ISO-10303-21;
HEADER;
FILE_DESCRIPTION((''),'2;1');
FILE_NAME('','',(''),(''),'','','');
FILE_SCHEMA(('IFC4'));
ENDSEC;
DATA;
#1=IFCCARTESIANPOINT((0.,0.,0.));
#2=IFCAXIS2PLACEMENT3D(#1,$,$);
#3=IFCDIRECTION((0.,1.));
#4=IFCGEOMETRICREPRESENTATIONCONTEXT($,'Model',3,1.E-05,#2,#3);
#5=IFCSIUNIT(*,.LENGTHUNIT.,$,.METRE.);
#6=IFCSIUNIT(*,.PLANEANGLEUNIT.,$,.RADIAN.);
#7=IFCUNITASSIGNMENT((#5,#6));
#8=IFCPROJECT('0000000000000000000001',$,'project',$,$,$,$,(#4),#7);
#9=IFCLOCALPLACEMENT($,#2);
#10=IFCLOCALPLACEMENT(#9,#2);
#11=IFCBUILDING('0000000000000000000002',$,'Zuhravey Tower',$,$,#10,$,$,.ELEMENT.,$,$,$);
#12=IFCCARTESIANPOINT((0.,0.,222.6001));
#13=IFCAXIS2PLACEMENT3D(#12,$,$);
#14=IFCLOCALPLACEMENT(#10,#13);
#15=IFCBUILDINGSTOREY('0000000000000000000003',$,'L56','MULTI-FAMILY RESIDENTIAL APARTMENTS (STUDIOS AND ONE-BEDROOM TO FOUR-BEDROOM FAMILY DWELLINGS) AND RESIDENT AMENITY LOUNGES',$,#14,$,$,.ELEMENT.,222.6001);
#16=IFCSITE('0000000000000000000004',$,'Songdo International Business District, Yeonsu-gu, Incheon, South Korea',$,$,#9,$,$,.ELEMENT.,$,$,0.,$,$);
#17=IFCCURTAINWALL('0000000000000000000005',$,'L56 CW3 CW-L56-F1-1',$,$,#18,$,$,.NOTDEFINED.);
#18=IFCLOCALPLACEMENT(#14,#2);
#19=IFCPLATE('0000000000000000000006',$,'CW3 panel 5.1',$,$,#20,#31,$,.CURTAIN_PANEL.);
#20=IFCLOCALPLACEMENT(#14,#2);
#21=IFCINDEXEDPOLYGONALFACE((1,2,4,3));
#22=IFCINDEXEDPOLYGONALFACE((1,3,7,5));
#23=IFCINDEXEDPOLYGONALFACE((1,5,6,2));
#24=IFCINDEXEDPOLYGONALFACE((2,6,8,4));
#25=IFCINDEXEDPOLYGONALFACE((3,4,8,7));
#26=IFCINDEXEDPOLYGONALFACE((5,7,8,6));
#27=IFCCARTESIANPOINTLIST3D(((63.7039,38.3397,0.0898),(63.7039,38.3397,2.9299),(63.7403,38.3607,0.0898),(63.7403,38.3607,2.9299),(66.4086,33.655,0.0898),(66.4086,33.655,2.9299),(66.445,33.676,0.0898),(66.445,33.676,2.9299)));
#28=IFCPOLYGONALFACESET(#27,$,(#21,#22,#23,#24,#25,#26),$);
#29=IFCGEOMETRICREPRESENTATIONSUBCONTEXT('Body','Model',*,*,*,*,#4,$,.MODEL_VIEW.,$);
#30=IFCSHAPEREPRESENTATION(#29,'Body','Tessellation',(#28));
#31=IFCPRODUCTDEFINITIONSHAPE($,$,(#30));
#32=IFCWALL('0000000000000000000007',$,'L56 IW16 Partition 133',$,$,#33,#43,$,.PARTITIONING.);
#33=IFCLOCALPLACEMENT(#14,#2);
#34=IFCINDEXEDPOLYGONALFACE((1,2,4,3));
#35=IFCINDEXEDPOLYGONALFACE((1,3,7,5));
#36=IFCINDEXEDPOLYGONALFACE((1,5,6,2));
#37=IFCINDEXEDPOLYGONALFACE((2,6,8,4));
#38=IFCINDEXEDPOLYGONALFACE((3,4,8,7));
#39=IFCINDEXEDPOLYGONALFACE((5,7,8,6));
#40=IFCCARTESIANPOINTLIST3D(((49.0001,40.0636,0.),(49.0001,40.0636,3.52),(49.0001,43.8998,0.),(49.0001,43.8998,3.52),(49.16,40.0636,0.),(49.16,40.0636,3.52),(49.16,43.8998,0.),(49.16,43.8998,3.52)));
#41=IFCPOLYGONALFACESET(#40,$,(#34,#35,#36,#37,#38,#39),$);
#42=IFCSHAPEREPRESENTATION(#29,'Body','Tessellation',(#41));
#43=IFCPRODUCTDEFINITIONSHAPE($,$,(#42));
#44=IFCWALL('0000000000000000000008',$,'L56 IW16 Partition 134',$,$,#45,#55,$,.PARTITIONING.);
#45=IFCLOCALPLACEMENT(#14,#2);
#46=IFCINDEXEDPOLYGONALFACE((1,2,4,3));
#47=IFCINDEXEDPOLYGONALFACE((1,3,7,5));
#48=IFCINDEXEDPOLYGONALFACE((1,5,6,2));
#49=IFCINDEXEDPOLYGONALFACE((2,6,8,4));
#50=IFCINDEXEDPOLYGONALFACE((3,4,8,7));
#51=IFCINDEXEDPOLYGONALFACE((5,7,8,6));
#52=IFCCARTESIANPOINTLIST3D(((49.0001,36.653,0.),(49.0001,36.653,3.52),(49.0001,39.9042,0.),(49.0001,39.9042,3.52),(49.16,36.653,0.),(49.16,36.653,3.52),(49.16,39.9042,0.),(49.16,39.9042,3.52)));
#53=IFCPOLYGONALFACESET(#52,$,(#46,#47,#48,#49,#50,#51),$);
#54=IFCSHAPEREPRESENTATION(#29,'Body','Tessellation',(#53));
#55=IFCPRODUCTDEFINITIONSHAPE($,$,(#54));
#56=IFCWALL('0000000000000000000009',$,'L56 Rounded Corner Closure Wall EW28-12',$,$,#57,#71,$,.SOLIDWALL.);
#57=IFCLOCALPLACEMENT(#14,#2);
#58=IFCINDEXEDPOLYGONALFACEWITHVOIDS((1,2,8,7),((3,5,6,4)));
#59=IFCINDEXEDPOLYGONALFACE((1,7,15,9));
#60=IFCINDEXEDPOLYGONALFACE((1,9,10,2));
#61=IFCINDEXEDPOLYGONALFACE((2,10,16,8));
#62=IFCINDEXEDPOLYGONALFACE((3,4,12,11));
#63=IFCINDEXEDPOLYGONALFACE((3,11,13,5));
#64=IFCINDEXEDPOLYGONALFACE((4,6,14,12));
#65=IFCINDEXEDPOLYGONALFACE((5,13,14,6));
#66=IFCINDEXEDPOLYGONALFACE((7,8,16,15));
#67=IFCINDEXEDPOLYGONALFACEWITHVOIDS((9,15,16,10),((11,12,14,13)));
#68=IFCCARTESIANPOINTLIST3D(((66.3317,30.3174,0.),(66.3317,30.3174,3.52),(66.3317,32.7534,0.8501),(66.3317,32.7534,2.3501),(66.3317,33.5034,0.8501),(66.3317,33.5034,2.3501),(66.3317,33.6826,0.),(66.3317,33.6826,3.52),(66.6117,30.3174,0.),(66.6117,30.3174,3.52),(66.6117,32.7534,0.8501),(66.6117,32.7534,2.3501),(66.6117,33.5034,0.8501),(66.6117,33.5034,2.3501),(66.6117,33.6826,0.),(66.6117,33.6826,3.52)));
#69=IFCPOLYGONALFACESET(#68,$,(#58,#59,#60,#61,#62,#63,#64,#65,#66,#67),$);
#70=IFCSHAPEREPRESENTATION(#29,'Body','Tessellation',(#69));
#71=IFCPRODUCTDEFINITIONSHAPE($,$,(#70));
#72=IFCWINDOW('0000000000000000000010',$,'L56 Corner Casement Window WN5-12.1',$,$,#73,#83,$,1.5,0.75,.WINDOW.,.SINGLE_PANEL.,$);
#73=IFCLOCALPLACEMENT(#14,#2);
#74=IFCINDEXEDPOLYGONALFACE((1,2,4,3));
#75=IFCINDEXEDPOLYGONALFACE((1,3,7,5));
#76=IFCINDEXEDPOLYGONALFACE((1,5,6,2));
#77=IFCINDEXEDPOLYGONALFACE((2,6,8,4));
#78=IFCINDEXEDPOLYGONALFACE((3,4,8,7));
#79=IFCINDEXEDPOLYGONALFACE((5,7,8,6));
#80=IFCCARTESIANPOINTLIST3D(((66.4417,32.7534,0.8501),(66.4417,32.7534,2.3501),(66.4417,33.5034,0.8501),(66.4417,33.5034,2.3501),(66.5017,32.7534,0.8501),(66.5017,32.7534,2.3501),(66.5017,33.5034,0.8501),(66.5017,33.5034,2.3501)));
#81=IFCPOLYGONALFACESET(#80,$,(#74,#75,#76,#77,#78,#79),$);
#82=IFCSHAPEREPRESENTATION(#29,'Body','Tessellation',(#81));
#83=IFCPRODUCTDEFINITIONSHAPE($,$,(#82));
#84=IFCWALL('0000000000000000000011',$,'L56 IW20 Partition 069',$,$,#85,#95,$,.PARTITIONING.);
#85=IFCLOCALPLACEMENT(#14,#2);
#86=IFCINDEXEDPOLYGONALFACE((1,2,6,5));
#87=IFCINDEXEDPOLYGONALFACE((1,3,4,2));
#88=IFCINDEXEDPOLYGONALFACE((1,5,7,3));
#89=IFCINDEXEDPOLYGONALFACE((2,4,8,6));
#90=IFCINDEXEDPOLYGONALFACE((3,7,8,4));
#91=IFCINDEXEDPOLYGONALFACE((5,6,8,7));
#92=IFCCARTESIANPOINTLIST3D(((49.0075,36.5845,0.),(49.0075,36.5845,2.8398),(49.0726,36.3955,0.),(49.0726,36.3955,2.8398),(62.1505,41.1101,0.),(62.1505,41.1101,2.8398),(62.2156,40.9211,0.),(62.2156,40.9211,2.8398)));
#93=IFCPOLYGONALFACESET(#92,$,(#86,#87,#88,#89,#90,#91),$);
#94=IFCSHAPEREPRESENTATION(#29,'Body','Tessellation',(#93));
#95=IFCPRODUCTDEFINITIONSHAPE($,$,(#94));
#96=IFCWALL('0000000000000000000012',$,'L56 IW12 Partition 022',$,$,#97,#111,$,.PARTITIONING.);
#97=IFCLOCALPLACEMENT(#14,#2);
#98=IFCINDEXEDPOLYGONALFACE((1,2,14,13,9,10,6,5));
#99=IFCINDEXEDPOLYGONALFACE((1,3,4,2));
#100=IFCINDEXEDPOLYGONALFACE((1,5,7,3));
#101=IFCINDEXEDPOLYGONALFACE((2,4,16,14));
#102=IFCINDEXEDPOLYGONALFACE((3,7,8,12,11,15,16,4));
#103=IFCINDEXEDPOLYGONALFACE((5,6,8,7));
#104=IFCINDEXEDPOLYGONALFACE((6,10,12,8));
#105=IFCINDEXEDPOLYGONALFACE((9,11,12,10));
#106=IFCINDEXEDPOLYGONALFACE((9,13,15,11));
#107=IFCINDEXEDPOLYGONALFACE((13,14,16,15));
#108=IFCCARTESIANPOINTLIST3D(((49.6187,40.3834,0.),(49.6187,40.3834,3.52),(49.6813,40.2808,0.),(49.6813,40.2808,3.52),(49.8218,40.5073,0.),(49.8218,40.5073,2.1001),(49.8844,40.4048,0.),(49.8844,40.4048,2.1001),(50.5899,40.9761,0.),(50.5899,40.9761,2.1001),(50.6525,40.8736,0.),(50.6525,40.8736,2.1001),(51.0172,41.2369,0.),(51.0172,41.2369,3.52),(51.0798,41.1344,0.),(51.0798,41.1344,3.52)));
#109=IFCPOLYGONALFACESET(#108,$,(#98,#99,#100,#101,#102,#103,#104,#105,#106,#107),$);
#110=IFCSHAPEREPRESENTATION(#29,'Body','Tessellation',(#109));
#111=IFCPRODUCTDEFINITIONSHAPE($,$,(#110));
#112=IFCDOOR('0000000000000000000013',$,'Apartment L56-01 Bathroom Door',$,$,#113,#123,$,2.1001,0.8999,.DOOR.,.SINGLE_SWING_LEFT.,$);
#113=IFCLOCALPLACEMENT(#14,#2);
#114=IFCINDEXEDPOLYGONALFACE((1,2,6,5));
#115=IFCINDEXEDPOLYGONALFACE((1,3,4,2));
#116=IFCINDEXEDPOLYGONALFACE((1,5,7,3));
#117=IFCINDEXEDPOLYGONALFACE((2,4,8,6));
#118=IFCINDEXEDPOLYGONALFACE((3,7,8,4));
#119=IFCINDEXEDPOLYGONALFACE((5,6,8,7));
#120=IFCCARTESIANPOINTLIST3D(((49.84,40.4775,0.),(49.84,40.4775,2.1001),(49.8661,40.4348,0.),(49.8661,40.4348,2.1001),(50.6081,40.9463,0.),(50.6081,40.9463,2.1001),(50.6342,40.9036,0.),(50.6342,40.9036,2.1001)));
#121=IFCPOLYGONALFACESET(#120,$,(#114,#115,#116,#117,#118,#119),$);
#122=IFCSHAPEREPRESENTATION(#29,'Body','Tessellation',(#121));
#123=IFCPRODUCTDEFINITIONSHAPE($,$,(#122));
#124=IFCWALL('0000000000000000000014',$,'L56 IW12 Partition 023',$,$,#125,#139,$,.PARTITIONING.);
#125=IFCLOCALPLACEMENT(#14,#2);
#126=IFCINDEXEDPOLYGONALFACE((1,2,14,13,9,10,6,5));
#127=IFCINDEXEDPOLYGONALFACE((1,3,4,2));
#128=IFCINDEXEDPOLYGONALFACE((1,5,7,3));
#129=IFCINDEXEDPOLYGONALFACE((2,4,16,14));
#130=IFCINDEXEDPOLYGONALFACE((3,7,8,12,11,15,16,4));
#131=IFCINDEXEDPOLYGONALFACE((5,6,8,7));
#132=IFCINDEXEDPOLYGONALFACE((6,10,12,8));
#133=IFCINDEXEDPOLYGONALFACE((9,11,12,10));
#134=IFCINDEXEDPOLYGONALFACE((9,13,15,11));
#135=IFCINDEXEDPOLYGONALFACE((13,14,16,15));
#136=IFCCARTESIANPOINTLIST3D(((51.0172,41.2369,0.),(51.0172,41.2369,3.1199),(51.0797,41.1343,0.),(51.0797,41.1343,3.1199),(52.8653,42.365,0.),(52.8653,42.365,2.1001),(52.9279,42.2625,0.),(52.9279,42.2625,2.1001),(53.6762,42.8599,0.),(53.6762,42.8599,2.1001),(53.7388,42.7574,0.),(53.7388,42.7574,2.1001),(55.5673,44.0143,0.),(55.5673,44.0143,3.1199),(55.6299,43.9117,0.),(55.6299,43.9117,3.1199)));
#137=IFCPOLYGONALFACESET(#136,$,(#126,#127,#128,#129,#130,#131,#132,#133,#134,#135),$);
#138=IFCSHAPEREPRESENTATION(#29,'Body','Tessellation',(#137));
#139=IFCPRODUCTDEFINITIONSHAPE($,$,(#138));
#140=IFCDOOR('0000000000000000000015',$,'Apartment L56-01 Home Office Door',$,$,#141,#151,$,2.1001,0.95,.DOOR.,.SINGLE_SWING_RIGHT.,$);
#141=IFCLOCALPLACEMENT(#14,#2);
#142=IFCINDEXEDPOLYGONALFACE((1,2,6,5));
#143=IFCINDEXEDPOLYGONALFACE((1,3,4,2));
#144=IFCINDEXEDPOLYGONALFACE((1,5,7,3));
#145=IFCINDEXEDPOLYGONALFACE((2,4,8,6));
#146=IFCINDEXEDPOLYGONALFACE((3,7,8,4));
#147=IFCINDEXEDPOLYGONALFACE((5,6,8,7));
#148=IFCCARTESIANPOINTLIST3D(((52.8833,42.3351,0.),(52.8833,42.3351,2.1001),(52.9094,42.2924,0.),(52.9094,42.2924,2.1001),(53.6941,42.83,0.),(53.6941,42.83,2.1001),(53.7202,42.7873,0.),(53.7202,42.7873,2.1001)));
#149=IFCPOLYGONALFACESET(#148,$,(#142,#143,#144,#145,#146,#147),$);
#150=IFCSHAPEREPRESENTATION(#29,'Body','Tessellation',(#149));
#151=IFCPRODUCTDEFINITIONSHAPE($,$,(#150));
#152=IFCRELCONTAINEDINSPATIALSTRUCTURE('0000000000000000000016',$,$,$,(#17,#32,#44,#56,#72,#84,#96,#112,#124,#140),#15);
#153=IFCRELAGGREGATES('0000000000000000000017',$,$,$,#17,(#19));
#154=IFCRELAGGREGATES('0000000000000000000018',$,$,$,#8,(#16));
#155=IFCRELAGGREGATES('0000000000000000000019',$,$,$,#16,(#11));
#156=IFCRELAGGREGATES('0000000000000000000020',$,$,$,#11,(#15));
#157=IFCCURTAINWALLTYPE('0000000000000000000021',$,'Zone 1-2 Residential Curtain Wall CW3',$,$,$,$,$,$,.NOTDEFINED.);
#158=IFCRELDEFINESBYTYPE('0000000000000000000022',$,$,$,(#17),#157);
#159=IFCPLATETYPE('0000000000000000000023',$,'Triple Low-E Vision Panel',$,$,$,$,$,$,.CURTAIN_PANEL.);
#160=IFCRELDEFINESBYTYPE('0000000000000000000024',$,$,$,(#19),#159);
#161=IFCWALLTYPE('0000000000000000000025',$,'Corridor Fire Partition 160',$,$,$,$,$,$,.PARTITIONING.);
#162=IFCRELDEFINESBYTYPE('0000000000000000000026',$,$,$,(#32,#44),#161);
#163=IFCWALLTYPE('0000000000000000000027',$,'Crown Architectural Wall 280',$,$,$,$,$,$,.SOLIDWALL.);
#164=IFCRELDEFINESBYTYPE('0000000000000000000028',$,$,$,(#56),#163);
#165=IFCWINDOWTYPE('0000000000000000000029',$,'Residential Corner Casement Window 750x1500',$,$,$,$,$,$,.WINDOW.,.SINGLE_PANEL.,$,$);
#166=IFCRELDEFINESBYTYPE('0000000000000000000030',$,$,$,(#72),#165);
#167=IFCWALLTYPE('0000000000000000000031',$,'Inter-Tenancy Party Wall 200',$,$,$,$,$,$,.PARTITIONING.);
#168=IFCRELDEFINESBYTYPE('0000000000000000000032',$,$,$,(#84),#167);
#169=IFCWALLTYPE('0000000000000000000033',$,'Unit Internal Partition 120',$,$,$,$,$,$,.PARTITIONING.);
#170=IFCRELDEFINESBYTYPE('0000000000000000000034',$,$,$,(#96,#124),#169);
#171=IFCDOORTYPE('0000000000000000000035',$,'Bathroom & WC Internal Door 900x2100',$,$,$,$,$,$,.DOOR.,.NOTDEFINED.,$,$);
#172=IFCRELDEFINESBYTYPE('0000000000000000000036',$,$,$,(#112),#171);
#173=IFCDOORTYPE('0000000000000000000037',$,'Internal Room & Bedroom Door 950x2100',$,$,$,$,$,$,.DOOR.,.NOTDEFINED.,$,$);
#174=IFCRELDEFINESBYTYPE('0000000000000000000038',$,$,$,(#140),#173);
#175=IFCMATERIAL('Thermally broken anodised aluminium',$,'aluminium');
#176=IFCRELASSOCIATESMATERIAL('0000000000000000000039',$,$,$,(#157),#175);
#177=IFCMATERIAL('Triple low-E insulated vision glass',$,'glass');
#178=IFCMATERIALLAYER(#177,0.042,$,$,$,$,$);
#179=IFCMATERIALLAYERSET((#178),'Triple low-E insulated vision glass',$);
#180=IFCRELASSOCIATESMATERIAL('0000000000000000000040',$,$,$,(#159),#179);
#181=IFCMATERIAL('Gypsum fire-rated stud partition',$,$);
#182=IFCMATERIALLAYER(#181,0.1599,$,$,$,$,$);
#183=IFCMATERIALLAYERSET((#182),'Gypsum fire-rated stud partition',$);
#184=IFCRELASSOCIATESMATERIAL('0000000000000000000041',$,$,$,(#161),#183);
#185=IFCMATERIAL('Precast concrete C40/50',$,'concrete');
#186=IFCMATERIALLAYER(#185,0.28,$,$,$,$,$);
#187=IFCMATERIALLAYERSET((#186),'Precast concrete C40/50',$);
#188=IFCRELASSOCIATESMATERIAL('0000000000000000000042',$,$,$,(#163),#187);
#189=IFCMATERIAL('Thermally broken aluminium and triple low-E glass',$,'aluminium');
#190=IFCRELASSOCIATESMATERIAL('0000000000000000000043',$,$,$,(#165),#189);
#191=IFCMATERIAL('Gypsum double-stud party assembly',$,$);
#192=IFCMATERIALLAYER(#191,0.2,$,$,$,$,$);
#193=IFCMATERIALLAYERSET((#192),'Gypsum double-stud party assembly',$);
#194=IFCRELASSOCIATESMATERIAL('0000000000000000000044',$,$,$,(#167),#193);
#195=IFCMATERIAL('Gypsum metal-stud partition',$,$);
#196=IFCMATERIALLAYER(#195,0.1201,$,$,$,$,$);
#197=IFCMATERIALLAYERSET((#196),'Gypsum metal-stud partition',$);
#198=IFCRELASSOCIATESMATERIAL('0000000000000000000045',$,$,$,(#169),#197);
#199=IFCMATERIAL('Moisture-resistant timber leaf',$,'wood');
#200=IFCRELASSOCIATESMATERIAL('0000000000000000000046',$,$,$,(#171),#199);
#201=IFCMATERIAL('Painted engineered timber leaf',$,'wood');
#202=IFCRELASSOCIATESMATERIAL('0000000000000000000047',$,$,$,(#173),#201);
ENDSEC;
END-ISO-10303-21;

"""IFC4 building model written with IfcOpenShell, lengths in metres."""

from ifc_helpers import new_model, si_unit, direction, frame, frame_2d, origin, origin_2d, place, context, subcontext, project, spatial, rectangle, extrude, material, layer, layer_set, type_object, element, fill, aggregate, save


model = new_model("IFC4")

# Units and contexts
model_context = context("Model", 3, precision=1e-05, world=origin(), true_north=direction((0.0, 1.0)))
body_context = subcontext(model_context, "Body", "Model", "MODEL_VIEW")
ifc_project = project(units=[si_unit("LENGTHUNIT", "METRE"), si_unit("PLANEANGLEUNIT", "RADIAN")], contexts=[model_context])

# Site, building, storey
site_placement = place(None, origin())
site = spatial("IfcSite", under=ifc_project, at=site_placement, Name="Songdo International Business District, Yeonsu-gu, Incheon, South Korea", CompositionType="ELEMENT", RefElevation=0.0)
building_placement = place(site_placement, origin())
building = spatial("IfcBuilding", under=site, at=building_placement, Name="Zuhravey Tower", CompositionType="ELEMENT")
storey_placement = place(building_placement, frame((0.0, 0.0, 222.6001)))
storey = spatial("IfcBuildingStorey", under=building, at=storey_placement, Name="L56", Description="MULTI-FAMILY RESIDENTIAL APARTMENTS (STUDIOS AND ONE-BEDROOM TO FOUR-BEDROOM FAMILY DWELLINGS) AND RESIDENT AMENITY LOUNGES", CompositionType="ELEMENT", Elevation=222.6001)

# Curtain wall
ifc_material_1 = material(Name="Thermally broken anodised aluminium", Category="aluminium")
curtain_wall_type = type_object("IfcCurtainWallType", Name="Zone 1-2 Residential Curtain Wall CW3", PredefinedType="NOTDEFINED", material=ifc_material_1)
curtain_wall_placement = place(storey_placement, origin())
curtain_wall = element("IfcCurtainWall", 1, at=curtain_wall_placement, inside=storey, type_object=curtain_wall_type, Name="L56 CW3 CW-L56-F1-1", PredefinedType="NOTDEFINED")

# Plate
ifc_material_2 = material(Name="Triple low-E insulated vision glass", Category="glass")
ifc_layer_1 = layer(ifc_material_2, 0.042)
ifc_layer_set_1 = layer_set([ifc_layer_1], Name="Triple low-E insulated vision glass")
plate_type_1 = type_object("IfcPlateType", Name="Triple Low-E Vision Panel", PredefinedType="CURTAIN_PANEL", material=ifc_layer_set_1)
plate_1_placement = place(storey_placement, frame((65.0745, 36.0078, 0.0898), z_axis=(0.0, 0.0, 1.0), x_axis=(0.5, -0.866025, 0.0)))
plate_1 = element("IfcPlate", 2, at=plate_1_placement, type_object=plate_type_1, Name="CW3 panel 5.1", PredefinedType="CURTAIN_PANEL", context=body_context, shape_type="SweptSolid", body=[
    extrude(rectangle(XDim=5.4094, YDim=0.042, at=origin_2d()), origin(), (0.0, 0.0, 1.0), 2.8401),
])
aggregate(curtain_wall, [plate_1])

# Walls
ifc_material_3 = material(Name="Gypsum fire-rated stud partition")
ifc_layer_2 = layer(ifc_material_3, 0.1599)
ifc_layer_set_2 = layer_set([ifc_layer_2], Name="Gypsum fire-rated stud partition")
wall_type_1 = type_object("IfcWallType", Name="Corridor Fire Partition 160", PredefinedType="PARTITIONING", material=ifc_layer_set_2)
wall_1_placement = place(storey_placement, frame((49.0801, 40.0637, 0.0), z_axis=(0.0, 0.0, 1.0), x_axis=(0.0, 1.0, 0.0)))
element("IfcWall", 3, at=wall_1_placement, inside=storey, type_object=wall_type_1, Name="L56 IW16 Partition 133", PredefinedType="PARTITIONING", context=body_context, shape_type="SweptSolid", body=[
    extrude(rectangle(XDim=3.8362, YDim=0.1599, at=frame_2d((1.918, 0.0))), origin(), (0.0, 0.0, 1.0), 3.52),
])
wall_2_placement = place(storey_placement, frame((49.0801, 36.6531, 0.0), z_axis=(0.0, 0.0, 1.0), x_axis=(0.0, 1.0, 0.0)))
element("IfcWall", 4, at=wall_2_placement, inside=storey, type_object=wall_type_1, Name="L56 IW16 Partition 134", PredefinedType="PARTITIONING", context=body_context, shape_type="SweptSolid", body=[
    extrude(rectangle(XDim=3.2512, YDim=0.1599, at=frame_2d((1.6255, 0.0))), origin(), (0.0, 0.0, 1.0), 3.52),
])

# Wall, opening, window
ifc_material_4 = material(Name="Precast concrete C40/50", Category="concrete")
ifc_layer_3 = layer(ifc_material_4, 0.28)
ifc_layer_set_3 = layer_set([ifc_layer_3], Name="Precast concrete C40/50")
wall_type_2 = type_object("IfcWallType", Name="Crown Architectural Wall 280", PredefinedType="SOLIDWALL", material=ifc_layer_set_3)
wall_3_placement = place(storey_placement, frame((66.4717, 33.6826, 0.0), z_axis=(0.0, 0.0, 1.0), x_axis=(0.0, -1.0, 0.0)))
wall_3 = element("IfcWall", 5, at=wall_3_placement, inside=storey, type_object=wall_type_2, Name="L56 Rounded Corner Closure Wall EW28-12", PredefinedType="SOLIDWALL", context=body_context, shape_type="SweptSolid", body=[
    extrude(rectangle(XDim=3.3652, YDim=0.28, at=frame_2d((1.6826, 0.0))), origin(), (0.0, 0.0, 1.0), 3.52),
])
opening_1_placement = place(wall_3_placement, frame((0.1792, 0.0, 0.8501)))
opening_1 = element("IfcOpeningElement", 6, at=opening_1_placement, cuts=wall_3, PredefinedType="OPENING", context=body_context, shape_type="SweptSolid", body=[
    extrude(rectangle(XDim=0.75, YDim=1.5, at=frame_2d((0.375, 0.75))), frame((0.0, 0.1521, 0.0), z_axis=(0.0, -1.0, 0.0), x_axis=(1.0, 0.0, 0.0)), (0.0, 0.0, 1.0), 0.304),
])
ifc_material_5 = material(Name="Thermally broken aluminium and triple low-E glass", Category="aluminium")
window_type = type_object("IfcWindowType", Name="Residential Corner Casement Window 750x1500", PartitioningType="SINGLE_PANEL", PredefinedType="WINDOW", material=ifc_material_5)
window_placement = place(opening_1_placement, origin())
window = element("IfcWindow", 7, at=window_placement, inside=storey, type_object=window_type, Name="L56 Corner Casement Window WN5-12.1", OverallHeight=1.5, OverallWidth=0.75, PartitioningType="SINGLE_PANEL", PredefinedType="WINDOW", context=body_context, shape_type="SweptSolid", body=[
    extrude(rectangle(XDim=0.75, YDim=1.5, at=frame_2d((0.375, 0.75))), frame((0.0, 0.03, 0.0), z_axis=(0.0, -1.0, 0.0), x_axis=(1.0, 0.0, 0.0)), (0.0, 0.0, 1.0), 0.0601),
])
fill(opening_1, window)

# Wall
ifc_material_6 = material(Name="Gypsum double-stud party assembly")
ifc_layer_4 = layer(ifc_material_6, 0.2)
ifc_layer_set_4 = layer_set([ifc_layer_4], Name="Gypsum double-stud party assembly")
wall_type_3 = type_object("IfcWallType", Name="Inter-Tenancy Party Wall 200", PredefinedType="PARTITIONING", material=ifc_layer_set_4)
wall_4_placement = place(storey_placement, frame((49.04, 36.49, 0.0), z_axis=(0.0, 0.0, 1.0), x_axis=(0.945516, 0.325575, 0.0)))
element("IfcWall", 8, at=wall_4_placement, inside=storey, type_object=wall_type_3, Name="L56 IW20 Partition 069", PredefinedType="PARTITIONING", context=body_context, shape_type="SweptSolid", body=[
    extrude(rectangle(XDim=13.9004, YDim=0.2, at=frame_2d((6.9502, 0.0))), origin(), (0.0, 0.0, 1.0), 2.8398),
])

# Walls, openings, doors
ifc_material_7 = material(Name="Gypsum metal-stud partition")
ifc_layer_5 = layer(ifc_material_7, 0.1201)
ifc_layer_set_5 = layer_set([ifc_layer_5], Name="Gypsum metal-stud partition")
wall_type_4 = type_object("IfcWallType", Name="Unit Internal Partition 120", PredefinedType="PARTITIONING", material=ifc_layer_set_5)
wall_5_placement = place(storey_placement, frame((49.6499, 40.332, 0.0), z_axis=(0.0, 0.0, 1.0), x_axis=(0.853576, 0.520968, 0.0)))
wall_5 = element("IfcWall", 9, at=wall_5_placement, inside=storey, type_object=wall_type_4, Name="L56 IW12 Partition 022", PredefinedType="PARTITIONING", context=body_context, shape_type="SweptSolid", body=[
    extrude(rectangle(XDim=1.6384, YDim=0.1201, at=frame_2d((0.8193, 0.0))), origin(), (0.0, 0.0, 1.0), 3.52),
])
opening_2_placement = place(wall_5_placement, frame((0.238, 0.0, 0.0)))
opening_2 = element("IfcOpeningElement", 10, at=opening_2_placement, cuts=wall_5, PredefinedType="OPENING", context=body_context, shape_type="SweptSolid", body=[
    extrude(rectangle(XDim=0.8999, YDim=2.1001, at=frame_2d((0.45, 1.05))), frame((0.0, 0.072, 0.0), z_axis=(0.0, -1.0, 0.0), x_axis=(1.0, 0.0, 0.0)), (0.0, 0.0, 1.0), 0.144),
])
ifc_material_8 = material(Name="Moisture-resistant timber leaf", Category="wood")
door_type_1 = type_object("IfcDoorType", Name="Bathroom & WC Internal Door 900x2100", OperationType="NOTDEFINED", PredefinedType="DOOR", material=ifc_material_8)
door_1_placement = place(opening_2_placement, frame((0.8999, 0.0, 0.0), z_axis=(0.0, 0.0, 1.0), x_axis=(-1.0, 0.0, 0.0)))
door_1 = element("IfcDoor", 11, at=door_1_placement, inside=storey, type_object=door_type_1, Name="Apartment L56-01 Bathroom Door", OperationType="SINGLE_SWING_LEFT", OverallHeight=2.1001, OverallWidth=0.8999, PredefinedType="DOOR", context=body_context, shape_type="SweptSolid", body=[
    extrude(rectangle(XDim=0.8999, YDim=2.1001, at=frame_2d((0.45, 1.05))), frame((0.0, 0.0249, 0.0), z_axis=(0.0, -1.0, 0.0), x_axis=(1.0, 0.0, 0.0)), (0.0, 0.0, 1.0), 0.05),
])
fill(opening_2, door_1)
wall_6_placement = place(storey_placement, frame((51.0483, 41.1855, 0.0), z_axis=(0.0, 0.0, 1.0), x_axis=(0.853552, 0.521007, 0.0)))
wall_6 = element("IfcWall", 12, at=wall_6_placement, inside=storey, type_object=wall_type_4, Name="L56 IW12 Partition 023", PredefinedType="PARTITIONING", context=body_context, shape_type="SweptSolid", body=[
    extrude(rectangle(XDim=5.3308, YDim=0.1201, at=frame_2d((2.6655, 0.0))), origin(), (0.0, 0.0, 1.0), 3.1199),
])
opening_3_placement = place(wall_6_placement, frame((2.1653, 0.0, 0.0)))
opening_3 = element("IfcOpeningElement", 13, at=opening_3_placement, cuts=wall_6, PredefinedType="OPENING", context=body_context, shape_type="SweptSolid", body=[
    extrude(rectangle(XDim=0.95, YDim=2.1001, at=frame_2d((0.4751, 1.05))), frame((0.0, 0.072, 0.0), z_axis=(0.0, -1.0, 0.0), x_axis=(1.0, 0.0, 0.0)), (0.0, 0.0, 1.0), 0.144),
])
ifc_material_9 = material(Name="Painted engineered timber leaf", Category="wood")
door_type_2 = type_object("IfcDoorType", Name="Internal Room & Bedroom Door 950x2100", OperationType="NOTDEFINED", PredefinedType="DOOR", material=ifc_material_9)
door_2_placement = place(opening_3_placement, frame((0.95, 0.0, 0.0), z_axis=(0.0, 0.0, 1.0), x_axis=(-1.0, 0.0, 0.0)))
door_2 = element("IfcDoor", 14, at=door_2_placement, inside=storey, type_object=door_type_2, Name="Apartment L56-01 Home Office Door", OperationType="SINGLE_SWING_RIGHT", OverallHeight=2.1001, OverallWidth=0.95, PredefinedType="DOOR", context=body_context, shape_type="SweptSolid", body=[
    extrude(rectangle(XDim=0.95, YDim=2.1001, at=frame_2d((0.4751, 1.05))), frame((0.0, 0.0249, 0.0), z_axis=(0.0, -1.0, 0.0), x_axis=(1.0, 0.0, 0.0)), (0.0, 0.0, 1.0), 0.05),
])
fill(opening_3, door_2)

save(model, "model.ifc")
